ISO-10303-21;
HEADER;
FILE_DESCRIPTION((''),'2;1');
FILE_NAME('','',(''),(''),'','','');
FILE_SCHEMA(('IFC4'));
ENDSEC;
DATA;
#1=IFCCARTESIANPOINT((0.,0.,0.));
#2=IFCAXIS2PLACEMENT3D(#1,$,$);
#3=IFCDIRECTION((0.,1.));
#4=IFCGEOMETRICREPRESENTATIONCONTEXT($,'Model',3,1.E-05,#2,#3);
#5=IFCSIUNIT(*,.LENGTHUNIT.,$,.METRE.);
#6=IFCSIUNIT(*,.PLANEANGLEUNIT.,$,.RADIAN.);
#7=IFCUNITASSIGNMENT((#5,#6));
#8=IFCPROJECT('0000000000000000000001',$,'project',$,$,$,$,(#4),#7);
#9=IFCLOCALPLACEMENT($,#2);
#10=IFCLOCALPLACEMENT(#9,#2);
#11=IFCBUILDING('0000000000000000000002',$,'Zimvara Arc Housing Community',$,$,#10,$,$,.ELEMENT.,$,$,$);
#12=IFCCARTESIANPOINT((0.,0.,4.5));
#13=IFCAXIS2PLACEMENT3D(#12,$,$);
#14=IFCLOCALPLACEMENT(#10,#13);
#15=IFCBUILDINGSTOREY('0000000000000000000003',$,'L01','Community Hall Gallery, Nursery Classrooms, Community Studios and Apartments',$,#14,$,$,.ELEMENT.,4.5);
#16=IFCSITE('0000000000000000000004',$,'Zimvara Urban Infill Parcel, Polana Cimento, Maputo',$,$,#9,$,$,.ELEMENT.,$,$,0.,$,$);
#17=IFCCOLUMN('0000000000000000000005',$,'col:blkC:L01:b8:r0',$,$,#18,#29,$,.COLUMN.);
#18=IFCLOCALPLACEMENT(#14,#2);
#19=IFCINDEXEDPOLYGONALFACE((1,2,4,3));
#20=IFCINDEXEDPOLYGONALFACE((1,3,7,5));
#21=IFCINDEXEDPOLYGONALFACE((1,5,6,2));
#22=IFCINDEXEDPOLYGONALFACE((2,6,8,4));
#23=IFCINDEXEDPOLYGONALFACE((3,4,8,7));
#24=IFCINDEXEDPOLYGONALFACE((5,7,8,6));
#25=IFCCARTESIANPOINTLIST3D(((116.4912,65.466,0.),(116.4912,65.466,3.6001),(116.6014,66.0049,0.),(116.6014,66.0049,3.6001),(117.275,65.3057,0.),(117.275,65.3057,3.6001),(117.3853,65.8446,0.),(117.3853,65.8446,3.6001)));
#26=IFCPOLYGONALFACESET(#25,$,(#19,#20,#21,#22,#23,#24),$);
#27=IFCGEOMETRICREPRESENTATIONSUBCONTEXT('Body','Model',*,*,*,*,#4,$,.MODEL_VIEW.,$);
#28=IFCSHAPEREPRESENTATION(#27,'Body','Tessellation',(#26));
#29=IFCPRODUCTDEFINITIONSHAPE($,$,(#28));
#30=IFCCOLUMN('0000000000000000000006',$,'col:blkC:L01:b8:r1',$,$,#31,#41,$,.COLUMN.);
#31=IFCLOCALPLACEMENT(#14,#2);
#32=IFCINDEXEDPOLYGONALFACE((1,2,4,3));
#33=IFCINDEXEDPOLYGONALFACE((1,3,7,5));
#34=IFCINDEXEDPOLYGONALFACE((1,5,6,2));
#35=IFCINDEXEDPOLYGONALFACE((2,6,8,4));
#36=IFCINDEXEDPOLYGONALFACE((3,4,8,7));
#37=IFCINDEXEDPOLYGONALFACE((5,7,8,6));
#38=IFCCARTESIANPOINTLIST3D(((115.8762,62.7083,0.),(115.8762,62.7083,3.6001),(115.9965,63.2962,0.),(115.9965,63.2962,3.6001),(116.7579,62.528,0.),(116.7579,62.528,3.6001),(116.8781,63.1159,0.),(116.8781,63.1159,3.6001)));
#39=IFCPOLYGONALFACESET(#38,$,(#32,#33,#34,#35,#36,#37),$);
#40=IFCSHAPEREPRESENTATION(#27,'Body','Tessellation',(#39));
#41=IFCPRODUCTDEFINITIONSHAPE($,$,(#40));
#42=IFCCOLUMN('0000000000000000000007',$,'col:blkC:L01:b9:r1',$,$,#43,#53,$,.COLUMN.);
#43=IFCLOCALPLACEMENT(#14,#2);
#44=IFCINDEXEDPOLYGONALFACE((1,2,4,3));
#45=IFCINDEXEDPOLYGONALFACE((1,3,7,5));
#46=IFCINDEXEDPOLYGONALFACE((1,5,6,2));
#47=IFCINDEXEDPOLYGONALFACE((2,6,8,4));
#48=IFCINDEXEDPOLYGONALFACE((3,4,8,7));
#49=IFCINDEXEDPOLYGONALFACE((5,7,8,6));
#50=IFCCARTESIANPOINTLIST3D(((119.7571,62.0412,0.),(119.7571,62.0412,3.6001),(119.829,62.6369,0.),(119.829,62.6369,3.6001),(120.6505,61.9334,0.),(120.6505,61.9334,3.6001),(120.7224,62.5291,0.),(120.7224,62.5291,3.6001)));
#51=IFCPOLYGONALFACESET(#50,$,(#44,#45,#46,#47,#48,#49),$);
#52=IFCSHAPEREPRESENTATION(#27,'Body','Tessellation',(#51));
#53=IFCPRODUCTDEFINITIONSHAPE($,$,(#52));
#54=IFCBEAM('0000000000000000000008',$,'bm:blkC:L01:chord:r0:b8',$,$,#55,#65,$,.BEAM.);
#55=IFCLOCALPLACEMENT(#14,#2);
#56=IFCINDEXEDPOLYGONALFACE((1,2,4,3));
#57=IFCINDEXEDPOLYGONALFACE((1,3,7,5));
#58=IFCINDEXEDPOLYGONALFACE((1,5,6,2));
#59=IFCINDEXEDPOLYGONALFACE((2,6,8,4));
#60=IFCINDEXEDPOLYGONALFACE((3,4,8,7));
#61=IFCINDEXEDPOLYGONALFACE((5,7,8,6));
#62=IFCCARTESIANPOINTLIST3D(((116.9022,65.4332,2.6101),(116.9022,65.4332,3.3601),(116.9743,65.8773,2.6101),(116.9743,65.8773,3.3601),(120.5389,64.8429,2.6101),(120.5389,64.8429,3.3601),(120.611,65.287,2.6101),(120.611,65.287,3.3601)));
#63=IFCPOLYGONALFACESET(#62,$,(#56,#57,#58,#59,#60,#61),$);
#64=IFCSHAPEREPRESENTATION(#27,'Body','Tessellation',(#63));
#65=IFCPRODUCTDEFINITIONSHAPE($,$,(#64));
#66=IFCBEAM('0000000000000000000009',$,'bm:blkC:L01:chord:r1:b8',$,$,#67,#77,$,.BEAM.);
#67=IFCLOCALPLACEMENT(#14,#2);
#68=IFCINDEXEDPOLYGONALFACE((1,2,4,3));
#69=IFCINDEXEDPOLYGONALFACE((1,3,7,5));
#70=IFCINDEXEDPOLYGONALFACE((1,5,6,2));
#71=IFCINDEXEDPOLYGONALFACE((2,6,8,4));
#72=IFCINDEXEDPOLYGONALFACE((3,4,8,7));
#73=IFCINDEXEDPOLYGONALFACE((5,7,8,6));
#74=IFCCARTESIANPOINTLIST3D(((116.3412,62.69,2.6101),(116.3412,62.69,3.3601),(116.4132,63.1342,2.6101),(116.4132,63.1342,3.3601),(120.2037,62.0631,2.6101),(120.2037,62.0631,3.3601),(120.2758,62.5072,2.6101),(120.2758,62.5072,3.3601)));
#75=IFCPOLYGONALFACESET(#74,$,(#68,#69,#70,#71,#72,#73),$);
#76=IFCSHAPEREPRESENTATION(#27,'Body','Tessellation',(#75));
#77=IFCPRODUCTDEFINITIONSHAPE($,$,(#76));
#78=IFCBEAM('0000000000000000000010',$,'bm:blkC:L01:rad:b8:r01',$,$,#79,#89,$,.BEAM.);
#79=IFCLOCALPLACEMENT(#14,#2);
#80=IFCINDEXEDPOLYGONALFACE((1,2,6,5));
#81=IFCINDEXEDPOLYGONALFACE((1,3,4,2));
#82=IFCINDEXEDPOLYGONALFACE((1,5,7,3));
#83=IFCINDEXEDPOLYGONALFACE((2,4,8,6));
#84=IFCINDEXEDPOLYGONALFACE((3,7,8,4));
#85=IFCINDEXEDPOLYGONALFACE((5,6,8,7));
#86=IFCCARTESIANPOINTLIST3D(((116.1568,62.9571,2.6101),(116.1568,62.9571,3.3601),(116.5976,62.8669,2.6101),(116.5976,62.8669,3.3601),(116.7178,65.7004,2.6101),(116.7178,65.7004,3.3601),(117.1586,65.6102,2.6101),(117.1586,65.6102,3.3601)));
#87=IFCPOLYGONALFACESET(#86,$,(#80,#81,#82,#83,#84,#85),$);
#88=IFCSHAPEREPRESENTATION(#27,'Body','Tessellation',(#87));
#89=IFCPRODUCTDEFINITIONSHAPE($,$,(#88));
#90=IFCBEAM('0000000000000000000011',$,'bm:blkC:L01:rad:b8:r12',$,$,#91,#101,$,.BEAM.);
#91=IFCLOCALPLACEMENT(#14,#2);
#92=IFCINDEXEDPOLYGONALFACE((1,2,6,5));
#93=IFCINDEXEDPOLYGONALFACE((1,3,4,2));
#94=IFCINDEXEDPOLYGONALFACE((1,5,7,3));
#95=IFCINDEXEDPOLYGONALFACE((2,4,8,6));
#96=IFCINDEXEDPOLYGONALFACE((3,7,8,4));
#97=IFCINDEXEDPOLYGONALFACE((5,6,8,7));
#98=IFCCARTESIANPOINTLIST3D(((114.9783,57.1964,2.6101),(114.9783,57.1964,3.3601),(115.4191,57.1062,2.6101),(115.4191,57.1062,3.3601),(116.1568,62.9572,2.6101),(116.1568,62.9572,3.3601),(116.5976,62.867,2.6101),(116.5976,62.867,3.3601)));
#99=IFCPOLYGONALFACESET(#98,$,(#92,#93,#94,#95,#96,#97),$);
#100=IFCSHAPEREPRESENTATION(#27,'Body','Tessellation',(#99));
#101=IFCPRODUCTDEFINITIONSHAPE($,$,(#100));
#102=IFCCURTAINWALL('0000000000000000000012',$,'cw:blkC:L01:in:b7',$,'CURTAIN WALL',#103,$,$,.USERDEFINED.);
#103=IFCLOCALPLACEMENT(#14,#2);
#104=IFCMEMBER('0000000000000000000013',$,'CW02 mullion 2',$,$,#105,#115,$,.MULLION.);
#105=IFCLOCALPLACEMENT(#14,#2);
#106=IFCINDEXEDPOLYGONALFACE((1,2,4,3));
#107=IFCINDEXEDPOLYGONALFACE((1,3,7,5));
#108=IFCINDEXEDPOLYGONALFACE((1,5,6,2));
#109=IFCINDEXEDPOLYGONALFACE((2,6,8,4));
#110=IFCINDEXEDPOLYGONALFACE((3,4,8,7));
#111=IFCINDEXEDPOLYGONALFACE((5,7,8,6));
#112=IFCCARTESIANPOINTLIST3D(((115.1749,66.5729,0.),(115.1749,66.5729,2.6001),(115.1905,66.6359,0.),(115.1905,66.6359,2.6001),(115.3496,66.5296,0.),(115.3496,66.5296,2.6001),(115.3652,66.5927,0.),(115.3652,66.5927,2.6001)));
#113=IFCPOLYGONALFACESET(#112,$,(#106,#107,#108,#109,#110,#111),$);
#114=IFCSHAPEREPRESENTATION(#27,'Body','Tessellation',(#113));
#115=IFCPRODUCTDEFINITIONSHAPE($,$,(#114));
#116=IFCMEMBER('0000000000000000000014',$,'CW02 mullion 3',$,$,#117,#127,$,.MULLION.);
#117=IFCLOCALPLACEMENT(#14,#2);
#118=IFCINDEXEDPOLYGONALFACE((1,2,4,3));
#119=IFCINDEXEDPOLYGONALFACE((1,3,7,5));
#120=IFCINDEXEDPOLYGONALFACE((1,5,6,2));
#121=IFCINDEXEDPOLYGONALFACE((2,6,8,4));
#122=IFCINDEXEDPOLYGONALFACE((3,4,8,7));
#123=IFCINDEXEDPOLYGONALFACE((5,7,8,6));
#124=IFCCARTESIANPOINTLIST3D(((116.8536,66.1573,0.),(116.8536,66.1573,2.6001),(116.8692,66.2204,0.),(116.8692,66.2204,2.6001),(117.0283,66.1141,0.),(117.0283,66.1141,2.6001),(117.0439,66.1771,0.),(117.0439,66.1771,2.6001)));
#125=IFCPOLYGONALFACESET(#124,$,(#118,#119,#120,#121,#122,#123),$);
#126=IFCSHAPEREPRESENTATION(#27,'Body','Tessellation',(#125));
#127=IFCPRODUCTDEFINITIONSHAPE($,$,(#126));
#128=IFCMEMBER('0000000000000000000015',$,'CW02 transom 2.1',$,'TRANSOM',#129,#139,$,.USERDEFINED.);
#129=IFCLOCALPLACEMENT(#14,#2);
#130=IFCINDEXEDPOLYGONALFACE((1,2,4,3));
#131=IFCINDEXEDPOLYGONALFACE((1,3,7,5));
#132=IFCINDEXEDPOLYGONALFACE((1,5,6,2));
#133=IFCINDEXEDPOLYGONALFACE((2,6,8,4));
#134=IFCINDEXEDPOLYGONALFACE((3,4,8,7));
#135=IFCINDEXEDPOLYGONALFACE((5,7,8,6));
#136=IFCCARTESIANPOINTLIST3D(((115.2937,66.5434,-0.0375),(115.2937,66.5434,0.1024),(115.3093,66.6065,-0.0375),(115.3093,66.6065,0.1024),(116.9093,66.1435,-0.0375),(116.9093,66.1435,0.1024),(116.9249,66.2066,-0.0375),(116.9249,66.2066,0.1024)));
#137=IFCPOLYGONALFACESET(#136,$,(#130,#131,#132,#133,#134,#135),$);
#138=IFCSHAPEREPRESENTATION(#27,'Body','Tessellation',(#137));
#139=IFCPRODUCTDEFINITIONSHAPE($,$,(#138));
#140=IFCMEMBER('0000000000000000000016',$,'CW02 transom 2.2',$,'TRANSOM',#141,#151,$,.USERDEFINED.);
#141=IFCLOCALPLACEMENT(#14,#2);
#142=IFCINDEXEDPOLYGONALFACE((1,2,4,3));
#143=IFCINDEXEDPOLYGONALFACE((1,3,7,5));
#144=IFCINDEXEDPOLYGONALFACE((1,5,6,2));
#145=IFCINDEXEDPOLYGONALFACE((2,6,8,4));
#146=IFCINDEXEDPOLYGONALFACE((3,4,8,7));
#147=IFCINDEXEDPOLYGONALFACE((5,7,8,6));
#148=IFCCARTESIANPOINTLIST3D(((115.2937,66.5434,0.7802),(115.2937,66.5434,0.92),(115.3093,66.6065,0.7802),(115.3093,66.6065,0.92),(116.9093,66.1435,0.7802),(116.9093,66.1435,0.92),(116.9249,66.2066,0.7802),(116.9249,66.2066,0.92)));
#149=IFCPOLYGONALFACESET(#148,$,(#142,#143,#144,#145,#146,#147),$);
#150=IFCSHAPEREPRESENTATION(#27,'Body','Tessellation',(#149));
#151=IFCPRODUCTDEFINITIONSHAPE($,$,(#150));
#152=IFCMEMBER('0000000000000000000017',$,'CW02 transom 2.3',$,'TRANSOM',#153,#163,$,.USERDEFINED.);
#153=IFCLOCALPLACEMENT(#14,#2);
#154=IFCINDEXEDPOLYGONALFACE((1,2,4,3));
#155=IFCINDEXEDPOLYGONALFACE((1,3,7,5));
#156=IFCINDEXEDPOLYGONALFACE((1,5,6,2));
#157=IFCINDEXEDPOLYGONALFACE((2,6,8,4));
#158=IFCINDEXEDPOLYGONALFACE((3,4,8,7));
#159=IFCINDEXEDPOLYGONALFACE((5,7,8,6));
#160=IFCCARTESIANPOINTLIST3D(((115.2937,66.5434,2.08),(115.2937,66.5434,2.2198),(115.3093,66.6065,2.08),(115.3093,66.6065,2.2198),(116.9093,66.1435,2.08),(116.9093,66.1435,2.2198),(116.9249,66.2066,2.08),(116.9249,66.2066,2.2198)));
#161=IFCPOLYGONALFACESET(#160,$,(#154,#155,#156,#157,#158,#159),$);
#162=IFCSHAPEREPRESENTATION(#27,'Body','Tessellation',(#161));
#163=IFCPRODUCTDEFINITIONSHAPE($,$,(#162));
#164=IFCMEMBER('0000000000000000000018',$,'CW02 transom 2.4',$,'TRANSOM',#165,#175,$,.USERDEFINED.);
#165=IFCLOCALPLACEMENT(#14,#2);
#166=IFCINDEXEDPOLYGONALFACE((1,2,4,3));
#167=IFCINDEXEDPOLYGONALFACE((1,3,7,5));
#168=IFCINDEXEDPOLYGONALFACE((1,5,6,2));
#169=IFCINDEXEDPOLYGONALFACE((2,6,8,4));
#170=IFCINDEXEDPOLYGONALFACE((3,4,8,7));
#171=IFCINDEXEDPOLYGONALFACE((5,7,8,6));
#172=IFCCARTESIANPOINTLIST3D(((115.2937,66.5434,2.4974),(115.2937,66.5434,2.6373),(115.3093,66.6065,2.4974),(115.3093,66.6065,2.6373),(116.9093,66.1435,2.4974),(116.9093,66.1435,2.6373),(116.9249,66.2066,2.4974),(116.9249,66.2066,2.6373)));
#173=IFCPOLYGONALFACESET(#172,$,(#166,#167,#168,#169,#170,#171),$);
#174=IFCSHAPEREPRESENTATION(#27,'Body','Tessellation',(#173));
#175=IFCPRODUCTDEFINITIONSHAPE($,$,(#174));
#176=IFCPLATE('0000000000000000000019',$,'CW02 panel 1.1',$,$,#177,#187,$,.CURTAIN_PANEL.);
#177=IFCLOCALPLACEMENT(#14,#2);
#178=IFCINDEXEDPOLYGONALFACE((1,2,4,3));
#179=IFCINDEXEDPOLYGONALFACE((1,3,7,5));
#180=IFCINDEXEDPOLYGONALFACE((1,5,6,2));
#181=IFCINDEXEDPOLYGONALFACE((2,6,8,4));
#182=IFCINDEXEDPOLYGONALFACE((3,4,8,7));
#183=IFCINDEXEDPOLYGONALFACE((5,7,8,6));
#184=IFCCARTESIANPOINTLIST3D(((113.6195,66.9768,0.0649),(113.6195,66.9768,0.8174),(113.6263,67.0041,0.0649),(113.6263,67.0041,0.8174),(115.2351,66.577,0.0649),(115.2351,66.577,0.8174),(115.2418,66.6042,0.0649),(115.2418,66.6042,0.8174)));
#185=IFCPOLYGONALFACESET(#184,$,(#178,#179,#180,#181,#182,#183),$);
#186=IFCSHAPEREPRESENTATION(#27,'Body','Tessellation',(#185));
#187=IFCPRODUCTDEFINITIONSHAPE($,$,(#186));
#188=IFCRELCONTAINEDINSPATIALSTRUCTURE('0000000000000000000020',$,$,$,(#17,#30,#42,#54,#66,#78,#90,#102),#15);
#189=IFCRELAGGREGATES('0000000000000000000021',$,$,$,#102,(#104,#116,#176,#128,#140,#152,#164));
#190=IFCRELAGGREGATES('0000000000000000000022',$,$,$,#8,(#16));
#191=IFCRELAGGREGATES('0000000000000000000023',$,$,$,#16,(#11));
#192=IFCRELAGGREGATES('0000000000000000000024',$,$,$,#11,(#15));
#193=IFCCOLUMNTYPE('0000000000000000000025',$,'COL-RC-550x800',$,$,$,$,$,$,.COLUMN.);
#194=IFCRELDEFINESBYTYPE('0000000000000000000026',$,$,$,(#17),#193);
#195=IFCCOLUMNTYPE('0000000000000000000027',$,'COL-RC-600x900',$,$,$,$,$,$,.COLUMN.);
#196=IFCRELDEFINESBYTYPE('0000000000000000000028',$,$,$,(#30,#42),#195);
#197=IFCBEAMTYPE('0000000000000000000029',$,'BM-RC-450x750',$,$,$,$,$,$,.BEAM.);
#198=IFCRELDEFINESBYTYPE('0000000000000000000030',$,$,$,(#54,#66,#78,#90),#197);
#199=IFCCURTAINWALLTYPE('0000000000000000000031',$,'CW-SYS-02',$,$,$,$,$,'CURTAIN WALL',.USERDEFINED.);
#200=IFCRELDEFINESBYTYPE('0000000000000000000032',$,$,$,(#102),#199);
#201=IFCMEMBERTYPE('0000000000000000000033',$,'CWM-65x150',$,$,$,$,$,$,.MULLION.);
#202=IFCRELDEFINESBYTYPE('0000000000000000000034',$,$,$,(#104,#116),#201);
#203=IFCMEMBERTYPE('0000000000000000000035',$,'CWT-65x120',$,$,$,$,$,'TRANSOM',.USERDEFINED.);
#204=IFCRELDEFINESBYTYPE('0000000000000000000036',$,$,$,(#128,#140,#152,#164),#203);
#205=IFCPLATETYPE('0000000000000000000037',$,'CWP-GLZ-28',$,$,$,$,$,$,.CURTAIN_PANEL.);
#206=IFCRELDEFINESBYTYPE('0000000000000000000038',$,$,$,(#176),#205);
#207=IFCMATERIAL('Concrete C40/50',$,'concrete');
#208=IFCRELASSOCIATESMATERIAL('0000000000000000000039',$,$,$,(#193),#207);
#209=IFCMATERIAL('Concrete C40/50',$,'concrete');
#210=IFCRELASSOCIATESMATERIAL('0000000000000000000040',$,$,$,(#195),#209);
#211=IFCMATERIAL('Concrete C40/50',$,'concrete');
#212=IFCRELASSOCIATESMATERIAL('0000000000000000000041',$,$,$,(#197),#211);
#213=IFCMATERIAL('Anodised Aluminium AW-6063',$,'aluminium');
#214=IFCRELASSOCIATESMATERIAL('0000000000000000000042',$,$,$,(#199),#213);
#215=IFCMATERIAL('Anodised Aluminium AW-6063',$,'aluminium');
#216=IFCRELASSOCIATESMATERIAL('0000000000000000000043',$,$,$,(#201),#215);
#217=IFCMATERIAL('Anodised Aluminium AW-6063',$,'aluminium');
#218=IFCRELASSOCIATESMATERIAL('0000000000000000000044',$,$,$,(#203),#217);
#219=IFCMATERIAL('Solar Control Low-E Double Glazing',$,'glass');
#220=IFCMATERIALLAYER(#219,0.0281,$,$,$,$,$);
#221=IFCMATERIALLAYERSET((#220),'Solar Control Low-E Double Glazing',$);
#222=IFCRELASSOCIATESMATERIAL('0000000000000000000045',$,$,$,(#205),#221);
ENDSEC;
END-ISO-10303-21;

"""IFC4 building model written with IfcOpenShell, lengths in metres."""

from ifc_helpers import new_model, si_unit, direction, frame, origin, origin_2d, place, context, subcontext, project, spatial, rectangle, extrude, material, layer, layer_set, material_profile, profile_set, type_object, element, aggregate, save


model = new_model("IFC4")

# Units and contexts
model_context = context("Model", 3, precision=1e-05, world=origin(), true_north=direction((0.0, 1.0)))
body_context = subcontext(model_context, "Body", "Model", "MODEL_VIEW")
ifc_project = project(units=[si_unit("LENGTHUNIT", "METRE"), si_unit("PLANEANGLEUNIT", "RADIAN")], contexts=[model_context])

# Site, building, storey
site_placement = place(None, origin())
site = spatial("IfcSite", under=ifc_project, at=site_placement, Name="Zimvara Urban Infill Parcel, Polana Cimento, Maputo", CompositionType="ELEMENT", RefElevation=0.0)
building_placement = place(site_placement, origin())
building = spatial("IfcBuilding", under=site, at=building_placement, Name="Zimvara Arc Housing Community", CompositionType="ELEMENT")
storey_placement = place(building_placement, frame((0.0, 0.0, 4.5)))
storey = spatial("IfcBuildingStorey", under=building, at=storey_placement, Name="L01", Description="Community Hall Gallery, Nursery Classrooms, Community Studios and Apartments", CompositionType="ELEMENT", Elevation=4.5)

# Columns
ifc_material_1 = material(Name="Concrete C40/50", Category="concrete")
ifc_material_profile_1 = material_profile(ifc_material_1, rectangle(XDim=0.55, YDim=0.8, at=origin_2d()), Name="RC 550x800")
ifc_profile_set_1 = profile_set([ifc_material_profile_1], Name="Concrete C40/50")
column_type_1 = type_object("IfcColumnType", Name="COL-RC-550x800", PredefinedType="COLUMN", material=ifc_profile_set_1)
column_placement = place(storey_placement, frame((116.9382, 65.6553, 0.0), z_axis=(0.0, 0.0, 1.0), x_axis=(-0.200394, -0.979715, 0.0)))
element("IfcColumn", 1, at=column_placement, inside=storey, type_object=column_type_1, Name="col:blkC:L01:b8:r0", PredefinedType="COLUMN", context=body_context, shape_type="SweptSolid", body=[
    extrude(rectangle(XDim=0.55, YDim=0.8, at=origin_2d()), origin(), (0.0, 0.0, 1.0), 3.6001),
])
ifc_material_2 = material(Name="Concrete C40/50", Category="concrete")
ifc_material_profile_2 = material_profile(ifc_material_2, rectangle(XDim=0.6001, YDim=0.8999, at=origin_2d()), Name="RC 600x900")
ifc_profile_set_2 = profile_set([ifc_material_profile_2], Name="Concrete C40/50")
column_type_2 = type_object("IfcColumnType", Name="COL-RC-600x900", PredefinedType="COLUMN", material=ifc_profile_set_2)
for number, where, z_axis, x_axis, name in (
    (2, (116.3772, 62.9121, 0.0), (0.0, 0.0, 1.0), (-0.200394, -0.979715, 0.0), "col:blkC:L01:b8:r1"),
    (3, (120.2397, 62.2852, 0.0), (0.0, 0.0, 1.0), (-0.11979, -0.992799, 0.0), "col:blkC:L01:b9:r1"),
):
    element("IfcColumn", number, at=place(storey_placement, frame(where, z_axis=z_axis, x_axis=x_axis)), inside=storey, type_object=column_type_2, Name=name, PredefinedType="COLUMN", context=body_context, shape_type="SweptSolid", body=[
        extrude(rectangle(XDim=0.6001, YDim=0.8999, at=origin_2d()), origin(), (0.0, 0.0, 1.0), 3.6001),
    ])

# Beams
ifc_material_3 = material(Name="Concrete C40/50", Category="concrete")
ifc_material_profile_3 = material_profile(ifc_material_3, rectangle(XDim=0.45, YDim=0.75, at=origin_2d()), Name="RC 450x750")
ifc_profile_set_3 = profile_set([ifc_material_profile_3], Name="Concrete C40/50")
beam_type = type_object("IfcBeamType", Name="BM-RC-450x750", PredefinedType="BEAM", material=ifc_profile_set_3)
beam_1_placement = place(storey_placement, frame((116.9382, 65.6553, 2.9851), z_axis=(0.98708, -0.160228, 0.0), x_axis=(0.160228, 0.98708, 0.0)))
element("IfcBeam", 4, at=beam_1_placement, inside=storey, type_object=beam_type, Name="bm:blkC:L01:chord:r0:b8", PredefinedType="BEAM", context=body_context, shape_type="SweptSolid", body=[
    extrude(rectangle(XDim=0.45, YDim=0.75, at=origin_2d()), origin(), (0.0, 0.0, 1.0), 3.6843),
])
beam_2_placement = place(storey_placement, frame((116.3772, 62.9121, 2.9851), z_axis=(0.987081, -0.160219, 0.0), x_axis=(0.160219, 0.987081, 0.0)))
element("IfcBeam", 5, at=beam_2_placement, inside=storey, type_object=beam_type, Name="bm:blkC:L01:chord:r1:b8", PredefinedType="BEAM", context=body_context, shape_type="SweptSolid", body=[
    extrude(rectangle(XDim=0.45, YDim=0.75, at=origin_2d()), origin(), (0.0, 0.0, 1.0), 3.9131),
])
beam_3_placement = place(storey_placement, frame((116.9382, 65.6553, 2.9851), z_axis=(-0.200373, -0.97972, 0.0), x_axis=(0.97972, -0.200373, 0.0)))
element("IfcBeam", 6, at=beam_3_placement, inside=storey, type_object=beam_type, Name="bm:blkC:L01:rad:b8:r01", PredefinedType="BEAM", context=body_context, shape_type="SweptSolid", body=[
    extrude(rectangle(XDim=0.45, YDim=0.75, at=origin_2d()), origin(), (0.0, 0.0, 1.0), 2.8),
])
beam_4_placement = place(storey_placement, frame((116.3772, 62.9121, 2.9851), z_axis=(-0.200418, -0.97971, 0.0), x_axis=(0.97971, -0.200418, 0.0)))
element("IfcBeam", 7, at=beam_4_placement, inside=storey, type_object=beam_type, Name="bm:blkC:L01:rad:b8:r12", PredefinedType="BEAM", context=body_context, shape_type="SweptSolid", body=[
    extrude(rectangle(XDim=0.45, YDim=0.75, at=origin_2d()), origin(), (0.0, 0.0, 1.0), 5.8801),
])

# Curtain wall, members, plate
ifc_material_4 = material(Name="Anodised Aluminium AW-6063", Category="aluminium")
curtain_wall_type = type_object("IfcCurtainWallType", Name="CW-SYS-02", ElementType="CURTAIN WALL", PredefinedType="USERDEFINED", material=ifc_material_4)
curtain_wall_placement = place(storey_placement, origin())
curtain_wall = element("IfcCurtainWall", 8, at=curtain_wall_placement, inside=storey, type_object=curtain_wall_type, Name="cw:blkC:L01:in:b7", ObjectType="CURTAIN WALL", PredefinedType="USERDEFINED")
ifc_material_5 = material(Name="Anodised Aluminium AW-6063", Category="aluminium")
ifc_material_profile_4 = material_profile(ifc_material_5, rectangle(XDim=0.0649, YDim=0.1799, at=origin_2d()), Name="ALU 65x180")
ifc_profile_set_4 = profile_set([ifc_material_profile_4], Name="Anodised Aluminium AW-6063")
member_type_1 = type_object("IfcMemberType", Name="CWM-65x150", PredefinedType="MULLION", material=ifc_profile_set_4)
member_1_placement = place(storey_placement, frame((115.27, 66.5828, 0.0), z_axis=(0.0, 0.0, 1.0), x_axis=(0.240228, 0.970717, 0.0)))
member_1 = element("IfcMember", 9, at=member_1_placement, type_object=member_type_1, Name="CW02 mullion 2", PredefinedType="MULLION", context=body_context, shape_type="SweptSolid", body=[
    extrude(rectangle(XDim=0.0649, YDim=0.1799, at=origin_2d()), origin(), (0.0, 0.0, 1.0), 2.6001),
])
member_2_placement = place(storey_placement, frame((116.9487, 66.1672, 0.0), z_axis=(0.0, 0.0, 1.0), x_axis=(0.240228, 0.970717, 0.0)))
member_2 = element("IfcMember", 10, at=member_2_placement, type_object=member_type_1, Name="CW02 mullion 3", PredefinedType="MULLION", context=body_context, shape_type="SweptSolid", body=[
    extrude(rectangle(XDim=0.0649, YDim=0.1799, at=origin_2d()), origin(), (0.0, 0.0, 1.0), 2.6001),
])
ifc_material_6 = material(Name="Anodised Aluminium AW-6063", Category="aluminium")
ifc_material_profile_5 = material_profile(ifc_material_6, rectangle(XDim=0.0649, YDim=0.1399, at=origin_2d()), Name="ALU 65x140")
ifc_profile_set_5 = profile_set([ifc_material_profile_5], Name="Anodised Aluminium AW-6063")
member_type_2 = type_object("IfcMemberType", Name="CWT-65x120", ElementType="TRANSOM", PredefinedType="USERDEFINED", material=ifc_profile_set_5)
member_3_placement = place(storey_placement, frame((115.3015, 66.575, 0.0325), z_axis=(0.970701, -0.240291, 0.0), x_axis=(0.240291, 0.970701, 0.0)))
member_3 = element("IfcMember", 11, at=member_3_placement, type_object=member_type_2, Name="CW02 transom 2.1", ObjectType="TRANSOM", PredefinedType="USERDEFINED", context=body_context, shape_type="SweptSolid", body=[
    extrude(rectangle(XDim=0.0649, YDim=0.1399, at=origin_2d()), origin(), (0.0, 0.0, 1.0), 1.6643),
])
member_4_placement = place(storey_placement, frame((115.3015, 66.575, 0.8501), z_axis=(0.970701, -0.240291, 0.0), x_axis=(0.240291, 0.970701, 0.0)))
member_4 = element("IfcMember", 12, at=member_4_placement, type_object=member_type_2, Name="CW02 transom 2.2", ObjectType="TRANSOM", PredefinedType="USERDEFINED", context=body_context, shape_type="SweptSolid", body=[
    extrude(rectangle(XDim=0.0649, YDim=0.1399, at=origin_2d()), origin(), (0.0, 0.0, 1.0), 1.6643),
])
member_5_placement = place(storey_placement, frame((115.3015, 66.575, 2.1499), z_axis=(0.970701, -0.240291, 0.0), x_axis=(0.240291, 0.970701, 0.0)))
member_5 = element("IfcMember", 13, at=member_5_placement, type_object=member_type_2, Name="CW02 transom 2.3", ObjectType="TRANSOM", PredefinedType="USERDEFINED", context=body_context, shape_type="SweptSolid", body=[
    extrude(rectangle(XDim=0.0649, YDim=0.1399, at=origin_2d()), origin(), (0.0, 0.0, 1.0), 1.6643),
])
member_6_placement = place(storey_placement, frame((115.3015, 66.575, 2.5674), z_axis=(0.970701, -0.240291, 0.0), x_axis=(0.240291, 0.970701, 0.0)))
member_6 = element("IfcMember", 14, at=member_6_placement, type_object=member_type_2, Name="CW02 transom 2.4", ObjectType="TRANSOM", PredefinedType="USERDEFINED", context=body_context, shape_type="SweptSolid", body=[
    extrude(rectangle(XDim=0.0649, YDim=0.1399, at=origin_2d()), origin(), (0.0, 0.0, 1.0), 1.6643),
])
ifc_material_7 = material(Name="Solar Control Low-E Double Glazing", Category="glass")
ifc_layer_1 = layer(ifc_material_7, 0.0281)
ifc_layer_set_1 = layer_set([ifc_layer_1], Name="Solar Control Low-E Double Glazing")
plate_type = type_object("IfcPlateType", Name="CWP-GLZ-28", PredefinedType="CURTAIN_PANEL", material=ifc_layer_set_1)
plate_1_placement = place(storey_placement, frame((114.4307, 66.7905, 0.0649), z_axis=(0.0, 0.0, 1.0), x_axis=(0.970717, -0.240228, 0.0)))
plate_1 = element("IfcPlate", 15, at=plate_1_placement, type_object=plate_type, Name="CW02 panel 1.1", PredefinedType="CURTAIN_PANEL", context=body_context, shape_type="SweptSolid", body=[
    extrude(rectangle(XDim=1.6643, YDim=0.0281, at=origin_2d()), origin(), (0.0, 0.0, 1.0), 0.7524),
])
aggregate(curtain_wall, [member_1, member_2, plate_1, member_3, member_4, member_5, member_6])

save(model, "model.ifc")
